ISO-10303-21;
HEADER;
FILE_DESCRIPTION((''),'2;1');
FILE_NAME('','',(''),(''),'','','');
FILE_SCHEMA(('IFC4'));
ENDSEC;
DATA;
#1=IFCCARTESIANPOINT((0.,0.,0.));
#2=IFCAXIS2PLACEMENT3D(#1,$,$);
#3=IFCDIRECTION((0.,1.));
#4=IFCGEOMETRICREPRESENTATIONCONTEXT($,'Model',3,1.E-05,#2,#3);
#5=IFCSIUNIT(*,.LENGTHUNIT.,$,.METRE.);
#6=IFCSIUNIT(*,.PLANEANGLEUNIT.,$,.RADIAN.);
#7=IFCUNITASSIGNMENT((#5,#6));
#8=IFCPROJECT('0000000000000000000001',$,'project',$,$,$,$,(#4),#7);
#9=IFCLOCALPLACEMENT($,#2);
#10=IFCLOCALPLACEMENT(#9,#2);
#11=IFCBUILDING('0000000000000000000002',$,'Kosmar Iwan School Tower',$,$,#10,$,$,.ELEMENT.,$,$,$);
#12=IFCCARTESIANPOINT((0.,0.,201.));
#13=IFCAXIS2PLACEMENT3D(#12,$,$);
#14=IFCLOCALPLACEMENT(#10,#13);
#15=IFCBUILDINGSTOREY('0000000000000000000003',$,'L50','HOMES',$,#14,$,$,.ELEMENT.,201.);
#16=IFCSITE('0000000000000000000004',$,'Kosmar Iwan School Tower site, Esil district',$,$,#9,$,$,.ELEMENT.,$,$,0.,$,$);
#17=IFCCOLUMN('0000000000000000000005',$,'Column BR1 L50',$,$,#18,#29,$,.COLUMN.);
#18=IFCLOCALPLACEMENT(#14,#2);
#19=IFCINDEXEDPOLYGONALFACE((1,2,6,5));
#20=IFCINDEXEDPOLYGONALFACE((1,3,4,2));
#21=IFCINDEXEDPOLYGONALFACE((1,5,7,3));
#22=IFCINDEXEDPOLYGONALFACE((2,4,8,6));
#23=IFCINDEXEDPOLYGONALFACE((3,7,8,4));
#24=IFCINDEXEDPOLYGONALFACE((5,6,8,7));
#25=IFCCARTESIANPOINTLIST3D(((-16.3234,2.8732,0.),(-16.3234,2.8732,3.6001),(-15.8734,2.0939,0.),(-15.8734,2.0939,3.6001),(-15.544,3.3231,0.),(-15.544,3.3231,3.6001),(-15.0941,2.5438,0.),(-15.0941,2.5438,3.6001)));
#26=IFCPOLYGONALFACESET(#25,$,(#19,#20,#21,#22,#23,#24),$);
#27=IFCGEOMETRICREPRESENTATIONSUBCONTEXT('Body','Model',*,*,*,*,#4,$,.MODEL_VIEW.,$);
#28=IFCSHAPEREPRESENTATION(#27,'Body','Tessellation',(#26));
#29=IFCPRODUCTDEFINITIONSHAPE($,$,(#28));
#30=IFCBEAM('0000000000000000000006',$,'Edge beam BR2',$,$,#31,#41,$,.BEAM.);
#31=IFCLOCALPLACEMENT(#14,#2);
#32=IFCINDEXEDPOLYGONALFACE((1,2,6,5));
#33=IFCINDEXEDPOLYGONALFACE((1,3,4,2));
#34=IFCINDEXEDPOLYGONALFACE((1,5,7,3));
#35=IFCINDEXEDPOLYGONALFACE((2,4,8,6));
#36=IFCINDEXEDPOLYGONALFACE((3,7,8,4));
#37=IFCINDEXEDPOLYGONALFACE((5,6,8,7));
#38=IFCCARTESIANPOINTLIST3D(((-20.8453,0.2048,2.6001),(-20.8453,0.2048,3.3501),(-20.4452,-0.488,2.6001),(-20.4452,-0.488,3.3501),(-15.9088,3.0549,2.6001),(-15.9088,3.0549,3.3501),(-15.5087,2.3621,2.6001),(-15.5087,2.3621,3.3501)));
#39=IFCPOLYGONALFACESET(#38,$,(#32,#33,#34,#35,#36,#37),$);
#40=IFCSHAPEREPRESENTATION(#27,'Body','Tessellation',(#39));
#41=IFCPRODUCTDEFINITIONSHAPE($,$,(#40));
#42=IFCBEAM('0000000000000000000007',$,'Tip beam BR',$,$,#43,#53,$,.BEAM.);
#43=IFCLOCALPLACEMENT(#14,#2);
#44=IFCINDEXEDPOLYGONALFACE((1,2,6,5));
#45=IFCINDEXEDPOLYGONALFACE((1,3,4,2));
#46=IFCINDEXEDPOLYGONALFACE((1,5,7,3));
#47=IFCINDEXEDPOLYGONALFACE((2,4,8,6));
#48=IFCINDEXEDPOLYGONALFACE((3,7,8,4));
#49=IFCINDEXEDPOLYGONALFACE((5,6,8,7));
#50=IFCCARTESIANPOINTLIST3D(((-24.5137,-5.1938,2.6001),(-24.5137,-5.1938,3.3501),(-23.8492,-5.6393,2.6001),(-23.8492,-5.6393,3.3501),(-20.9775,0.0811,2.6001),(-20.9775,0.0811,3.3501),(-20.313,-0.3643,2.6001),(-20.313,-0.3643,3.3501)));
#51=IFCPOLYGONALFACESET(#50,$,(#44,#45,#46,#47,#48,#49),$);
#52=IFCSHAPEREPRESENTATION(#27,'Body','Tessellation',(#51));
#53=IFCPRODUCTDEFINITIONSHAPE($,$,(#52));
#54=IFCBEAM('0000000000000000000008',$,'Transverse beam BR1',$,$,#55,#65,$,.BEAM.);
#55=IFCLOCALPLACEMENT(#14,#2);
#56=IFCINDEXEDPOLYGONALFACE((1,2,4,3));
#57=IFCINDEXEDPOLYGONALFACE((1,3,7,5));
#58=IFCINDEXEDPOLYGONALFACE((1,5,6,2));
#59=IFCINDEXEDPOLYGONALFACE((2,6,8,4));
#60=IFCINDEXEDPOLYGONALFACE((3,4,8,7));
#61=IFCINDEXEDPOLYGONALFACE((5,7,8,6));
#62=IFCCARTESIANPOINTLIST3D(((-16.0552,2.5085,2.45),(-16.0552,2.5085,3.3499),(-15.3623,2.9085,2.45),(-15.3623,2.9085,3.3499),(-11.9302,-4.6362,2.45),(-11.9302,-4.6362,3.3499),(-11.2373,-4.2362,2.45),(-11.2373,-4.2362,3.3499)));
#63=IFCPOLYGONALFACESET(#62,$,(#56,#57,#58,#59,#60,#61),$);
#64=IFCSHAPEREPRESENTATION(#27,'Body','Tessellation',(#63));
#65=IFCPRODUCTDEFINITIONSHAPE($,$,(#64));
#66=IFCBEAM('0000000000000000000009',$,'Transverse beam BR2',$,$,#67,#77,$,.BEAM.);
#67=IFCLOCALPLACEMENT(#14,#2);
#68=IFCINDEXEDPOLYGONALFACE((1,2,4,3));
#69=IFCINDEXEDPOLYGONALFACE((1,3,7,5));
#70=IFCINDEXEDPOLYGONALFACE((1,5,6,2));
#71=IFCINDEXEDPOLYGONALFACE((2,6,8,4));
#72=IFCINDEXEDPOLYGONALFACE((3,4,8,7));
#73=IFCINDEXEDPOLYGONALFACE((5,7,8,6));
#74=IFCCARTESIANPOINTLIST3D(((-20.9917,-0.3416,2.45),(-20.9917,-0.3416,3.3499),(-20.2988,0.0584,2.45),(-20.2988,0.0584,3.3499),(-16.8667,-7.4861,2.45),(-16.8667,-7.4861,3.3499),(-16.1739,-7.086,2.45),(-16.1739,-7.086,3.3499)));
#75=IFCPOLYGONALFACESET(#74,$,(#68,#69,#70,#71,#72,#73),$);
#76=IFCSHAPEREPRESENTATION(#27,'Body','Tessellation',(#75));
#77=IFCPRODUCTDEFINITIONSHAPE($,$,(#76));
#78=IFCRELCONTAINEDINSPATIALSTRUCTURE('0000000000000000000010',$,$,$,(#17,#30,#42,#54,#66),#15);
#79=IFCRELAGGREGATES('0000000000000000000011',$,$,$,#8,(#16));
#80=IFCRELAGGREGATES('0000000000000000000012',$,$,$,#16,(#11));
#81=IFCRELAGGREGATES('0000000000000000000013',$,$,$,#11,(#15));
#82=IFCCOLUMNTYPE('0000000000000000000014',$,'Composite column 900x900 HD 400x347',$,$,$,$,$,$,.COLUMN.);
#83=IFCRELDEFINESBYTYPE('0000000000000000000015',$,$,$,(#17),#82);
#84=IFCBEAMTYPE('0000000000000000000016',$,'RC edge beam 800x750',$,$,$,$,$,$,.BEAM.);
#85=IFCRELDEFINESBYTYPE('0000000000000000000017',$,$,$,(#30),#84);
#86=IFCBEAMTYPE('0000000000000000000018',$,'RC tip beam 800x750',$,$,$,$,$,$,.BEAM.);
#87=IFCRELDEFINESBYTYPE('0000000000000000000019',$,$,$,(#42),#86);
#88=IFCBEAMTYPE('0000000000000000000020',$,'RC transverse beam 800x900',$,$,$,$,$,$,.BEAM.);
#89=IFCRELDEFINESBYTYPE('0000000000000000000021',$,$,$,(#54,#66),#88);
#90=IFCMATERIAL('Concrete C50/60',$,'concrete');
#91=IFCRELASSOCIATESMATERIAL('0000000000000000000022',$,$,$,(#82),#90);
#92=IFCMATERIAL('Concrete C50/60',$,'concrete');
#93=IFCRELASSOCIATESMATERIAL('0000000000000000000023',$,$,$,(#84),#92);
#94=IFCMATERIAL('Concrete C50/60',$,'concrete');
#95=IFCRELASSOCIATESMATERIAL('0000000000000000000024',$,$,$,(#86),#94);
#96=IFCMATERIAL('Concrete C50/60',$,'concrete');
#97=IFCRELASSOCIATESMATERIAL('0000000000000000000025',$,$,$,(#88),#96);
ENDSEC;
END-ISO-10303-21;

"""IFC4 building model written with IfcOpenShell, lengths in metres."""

from ifc_helpers import new_model, si_unit, direction, frame, origin, origin_2d, place, context, subcontext, project, spatial, rectangle, extrude, material, material_profile, profile_set, type_object, element, save


model = new_model("IFC4")

# Units and contexts
model_context = context("Model", 3, precision=1e-05, world=origin(), true_north=direction((0.0, 1.0)))
body_context = subcontext(model_context, "Body", "Model", "MODEL_VIEW")
ifc_project = project(units=[si_unit("LENGTHUNIT", "METRE"), si_unit("PLANEANGLEUNIT", "RADIAN")], contexts=[model_context])

# Site, building, storey
site_placement = place(None, origin())
site = spatial("IfcSite", under=ifc_project, at=site_placement, Name="Kosmar Iwan School Tower site, Esil district", CompositionType="ELEMENT", RefElevation=0.0)
building_placement = place(site_placement, origin())
building = spatial("IfcBuilding", under=site, at=building_placement, Name="Kosmar Iwan School Tower", CompositionType="ELEMENT")
storey_placement = place(building_placement, frame((0.0, 0.0, 201.0)))
storey = spatial("IfcBuildingStorey", under=building, at=storey_placement, Name="L50", Description="HOMES", CompositionType="ELEMENT", Elevation=201.0)

# Column
ifc_material_1 = material(Name="Concrete C50/60", Category="concrete")
ifc_material_profile_1 = material_profile(ifc_material_1, rectangle(XDim=0.8999, YDim=0.8999, at=origin_2d()), Name="RC 900x900 + HD 400x347")
ifc_profile_set_1 = profile_set([ifc_material_profile_1], Name="Concrete C50/60")
column_type = type_object("IfcColumnType", Name="Composite column 900x900 HD 400x347", PredefinedType="COLUMN", material=ifc_profile_set_1)
column_placement = place(storey_placement, frame((-15.7087, 2.7085, 0.0), z_axis=(0.0, 0.0, 1.0), x_axis=(-0.866025, -0.5, 0.0)))
element("IfcColumn", 1, at=column_placement, inside=storey, type_object=column_type, Name="Column BR1 L50", PredefinedType="COLUMN", context=body_context, shape_type="SweptSolid", body=[
    extrude(rectangle(XDim=0.8999, YDim=0.8999, at=origin_2d()), origin(), (0.0, 0.0, 1.0), 3.6001),
])

# Beams
ifc_material_2 = material(Name="Concrete C50/60", Category="concrete")
ifc_material_profile_2 = material_profile(ifc_material_2, rectangle(XDim=0.8, YDim=0.75, at=origin_2d()), Name="RC 800x750")
ifc_profile_set_2 = profile_set([ifc_material_profile_2], Name="Concrete C50/60")
beam_type_1 = type_object("IfcBeamType", Name="RC edge beam 800x750", PredefinedType="BEAM", material=ifc_profile_set_2)
beam_1_placement = place(storey_placement, frame((-15.7087, 2.7085, 2.9751), z_axis=(-0.866026, -0.499999, 0.0), x_axis=(0.499999, -0.866026, 0.0)))
element("IfcBeam", 2, at=beam_1_placement, inside=storey, type_object=beam_type_1, Name="Edge beam BR2", PredefinedType="BEAM", context=body_context, shape_type="SweptSolid", body=[
    extrude(rectangle(XDim=0.8, YDim=0.75, at=origin_2d()), origin(), (0.0, 0.0, 1.0), 5.7002),
])
ifc_material_3 = material(Name="Concrete C50/60", Category="concrete")
ifc_material_profile_3 = material_profile(ifc_material_3, rectangle(XDim=0.8, YDim=0.75, at=origin_2d()), Name="RC 800x750")
ifc_profile_set_3 = profile_set([ifc_material_profile_3], Name="Concrete C50/60")
beam_type_2 = type_object("IfcBeamType", Name="RC tip beam 800x750", PredefinedType="BEAM", material=ifc_profile_set_3)
beam_2_placement = place(storey_placement, frame((-20.6453, -0.1416, 2.9751), z_axis=(-0.556828, -0.830628, 0.0), x_axis=(0.830628, -0.556828, 0.0)))
element("IfcBeam", 3, at=beam_2_placement, inside=storey, type_object=beam_type_2, Name="Tip beam BR", PredefinedType="BEAM", context=body_context, shape_type="SweptSolid", body=[
    extrude(rectangle(XDim=0.8, YDim=0.75, at=origin_2d()), origin(), (0.0, 0.0, 1.0), 6.3506),
])
ifc_material_4 = material(Name="Concrete C50/60", Category="concrete")
ifc_material_profile_4 = material_profile(ifc_material_4, rectangle(XDim=0.8, YDim=0.8999, at=origin_2d()), Name="RC 800x900")
ifc_profile_set_4 = profile_set([ifc_material_profile_4], Name="Concrete C50/60")
beam_type_3 = type_object("IfcBeamType", Name="RC transverse beam 800x900", PredefinedType="BEAM", material=ifc_profile_set_4)
beam_3_placement = place(storey_placement, frame((-15.7087, 2.7085, 2.8999), z_axis=(0.499997, -0.866027, 0.0), x_axis=(0.866027, 0.499997, 0.0)))
element("IfcBeam", 4, at=beam_3_placement, inside=storey, type_object=beam_type_3, Name="Transverse beam BR1", PredefinedType="BEAM", context=body_context, shape_type="SweptSolid", body=[
    extrude(rectangle(XDim=0.8, YDim=0.8999, at=origin_2d()), origin(), (0.0, 0.0, 1.0), 8.25),
])
beam_4_placement = place(storey_placement, frame((-20.6453, -0.1416, 2.8999), z_axis=(0.500009, -0.86602, 0.0), x_axis=(0.86602, 0.500009, 0.0)))
element("IfcBeam", 5, at=beam_4_placement, inside=storey, type_object=beam_type_3, Name="Transverse beam BR2", PredefinedType="BEAM", context=body_context, shape_type="SweptSolid", body=[
    extrude(rectangle(XDim=0.8, YDim=0.8999, at=origin_2d()), origin(), (0.0, 0.0, 1.0), 8.2498),
])

save(model, "model.ifc")
